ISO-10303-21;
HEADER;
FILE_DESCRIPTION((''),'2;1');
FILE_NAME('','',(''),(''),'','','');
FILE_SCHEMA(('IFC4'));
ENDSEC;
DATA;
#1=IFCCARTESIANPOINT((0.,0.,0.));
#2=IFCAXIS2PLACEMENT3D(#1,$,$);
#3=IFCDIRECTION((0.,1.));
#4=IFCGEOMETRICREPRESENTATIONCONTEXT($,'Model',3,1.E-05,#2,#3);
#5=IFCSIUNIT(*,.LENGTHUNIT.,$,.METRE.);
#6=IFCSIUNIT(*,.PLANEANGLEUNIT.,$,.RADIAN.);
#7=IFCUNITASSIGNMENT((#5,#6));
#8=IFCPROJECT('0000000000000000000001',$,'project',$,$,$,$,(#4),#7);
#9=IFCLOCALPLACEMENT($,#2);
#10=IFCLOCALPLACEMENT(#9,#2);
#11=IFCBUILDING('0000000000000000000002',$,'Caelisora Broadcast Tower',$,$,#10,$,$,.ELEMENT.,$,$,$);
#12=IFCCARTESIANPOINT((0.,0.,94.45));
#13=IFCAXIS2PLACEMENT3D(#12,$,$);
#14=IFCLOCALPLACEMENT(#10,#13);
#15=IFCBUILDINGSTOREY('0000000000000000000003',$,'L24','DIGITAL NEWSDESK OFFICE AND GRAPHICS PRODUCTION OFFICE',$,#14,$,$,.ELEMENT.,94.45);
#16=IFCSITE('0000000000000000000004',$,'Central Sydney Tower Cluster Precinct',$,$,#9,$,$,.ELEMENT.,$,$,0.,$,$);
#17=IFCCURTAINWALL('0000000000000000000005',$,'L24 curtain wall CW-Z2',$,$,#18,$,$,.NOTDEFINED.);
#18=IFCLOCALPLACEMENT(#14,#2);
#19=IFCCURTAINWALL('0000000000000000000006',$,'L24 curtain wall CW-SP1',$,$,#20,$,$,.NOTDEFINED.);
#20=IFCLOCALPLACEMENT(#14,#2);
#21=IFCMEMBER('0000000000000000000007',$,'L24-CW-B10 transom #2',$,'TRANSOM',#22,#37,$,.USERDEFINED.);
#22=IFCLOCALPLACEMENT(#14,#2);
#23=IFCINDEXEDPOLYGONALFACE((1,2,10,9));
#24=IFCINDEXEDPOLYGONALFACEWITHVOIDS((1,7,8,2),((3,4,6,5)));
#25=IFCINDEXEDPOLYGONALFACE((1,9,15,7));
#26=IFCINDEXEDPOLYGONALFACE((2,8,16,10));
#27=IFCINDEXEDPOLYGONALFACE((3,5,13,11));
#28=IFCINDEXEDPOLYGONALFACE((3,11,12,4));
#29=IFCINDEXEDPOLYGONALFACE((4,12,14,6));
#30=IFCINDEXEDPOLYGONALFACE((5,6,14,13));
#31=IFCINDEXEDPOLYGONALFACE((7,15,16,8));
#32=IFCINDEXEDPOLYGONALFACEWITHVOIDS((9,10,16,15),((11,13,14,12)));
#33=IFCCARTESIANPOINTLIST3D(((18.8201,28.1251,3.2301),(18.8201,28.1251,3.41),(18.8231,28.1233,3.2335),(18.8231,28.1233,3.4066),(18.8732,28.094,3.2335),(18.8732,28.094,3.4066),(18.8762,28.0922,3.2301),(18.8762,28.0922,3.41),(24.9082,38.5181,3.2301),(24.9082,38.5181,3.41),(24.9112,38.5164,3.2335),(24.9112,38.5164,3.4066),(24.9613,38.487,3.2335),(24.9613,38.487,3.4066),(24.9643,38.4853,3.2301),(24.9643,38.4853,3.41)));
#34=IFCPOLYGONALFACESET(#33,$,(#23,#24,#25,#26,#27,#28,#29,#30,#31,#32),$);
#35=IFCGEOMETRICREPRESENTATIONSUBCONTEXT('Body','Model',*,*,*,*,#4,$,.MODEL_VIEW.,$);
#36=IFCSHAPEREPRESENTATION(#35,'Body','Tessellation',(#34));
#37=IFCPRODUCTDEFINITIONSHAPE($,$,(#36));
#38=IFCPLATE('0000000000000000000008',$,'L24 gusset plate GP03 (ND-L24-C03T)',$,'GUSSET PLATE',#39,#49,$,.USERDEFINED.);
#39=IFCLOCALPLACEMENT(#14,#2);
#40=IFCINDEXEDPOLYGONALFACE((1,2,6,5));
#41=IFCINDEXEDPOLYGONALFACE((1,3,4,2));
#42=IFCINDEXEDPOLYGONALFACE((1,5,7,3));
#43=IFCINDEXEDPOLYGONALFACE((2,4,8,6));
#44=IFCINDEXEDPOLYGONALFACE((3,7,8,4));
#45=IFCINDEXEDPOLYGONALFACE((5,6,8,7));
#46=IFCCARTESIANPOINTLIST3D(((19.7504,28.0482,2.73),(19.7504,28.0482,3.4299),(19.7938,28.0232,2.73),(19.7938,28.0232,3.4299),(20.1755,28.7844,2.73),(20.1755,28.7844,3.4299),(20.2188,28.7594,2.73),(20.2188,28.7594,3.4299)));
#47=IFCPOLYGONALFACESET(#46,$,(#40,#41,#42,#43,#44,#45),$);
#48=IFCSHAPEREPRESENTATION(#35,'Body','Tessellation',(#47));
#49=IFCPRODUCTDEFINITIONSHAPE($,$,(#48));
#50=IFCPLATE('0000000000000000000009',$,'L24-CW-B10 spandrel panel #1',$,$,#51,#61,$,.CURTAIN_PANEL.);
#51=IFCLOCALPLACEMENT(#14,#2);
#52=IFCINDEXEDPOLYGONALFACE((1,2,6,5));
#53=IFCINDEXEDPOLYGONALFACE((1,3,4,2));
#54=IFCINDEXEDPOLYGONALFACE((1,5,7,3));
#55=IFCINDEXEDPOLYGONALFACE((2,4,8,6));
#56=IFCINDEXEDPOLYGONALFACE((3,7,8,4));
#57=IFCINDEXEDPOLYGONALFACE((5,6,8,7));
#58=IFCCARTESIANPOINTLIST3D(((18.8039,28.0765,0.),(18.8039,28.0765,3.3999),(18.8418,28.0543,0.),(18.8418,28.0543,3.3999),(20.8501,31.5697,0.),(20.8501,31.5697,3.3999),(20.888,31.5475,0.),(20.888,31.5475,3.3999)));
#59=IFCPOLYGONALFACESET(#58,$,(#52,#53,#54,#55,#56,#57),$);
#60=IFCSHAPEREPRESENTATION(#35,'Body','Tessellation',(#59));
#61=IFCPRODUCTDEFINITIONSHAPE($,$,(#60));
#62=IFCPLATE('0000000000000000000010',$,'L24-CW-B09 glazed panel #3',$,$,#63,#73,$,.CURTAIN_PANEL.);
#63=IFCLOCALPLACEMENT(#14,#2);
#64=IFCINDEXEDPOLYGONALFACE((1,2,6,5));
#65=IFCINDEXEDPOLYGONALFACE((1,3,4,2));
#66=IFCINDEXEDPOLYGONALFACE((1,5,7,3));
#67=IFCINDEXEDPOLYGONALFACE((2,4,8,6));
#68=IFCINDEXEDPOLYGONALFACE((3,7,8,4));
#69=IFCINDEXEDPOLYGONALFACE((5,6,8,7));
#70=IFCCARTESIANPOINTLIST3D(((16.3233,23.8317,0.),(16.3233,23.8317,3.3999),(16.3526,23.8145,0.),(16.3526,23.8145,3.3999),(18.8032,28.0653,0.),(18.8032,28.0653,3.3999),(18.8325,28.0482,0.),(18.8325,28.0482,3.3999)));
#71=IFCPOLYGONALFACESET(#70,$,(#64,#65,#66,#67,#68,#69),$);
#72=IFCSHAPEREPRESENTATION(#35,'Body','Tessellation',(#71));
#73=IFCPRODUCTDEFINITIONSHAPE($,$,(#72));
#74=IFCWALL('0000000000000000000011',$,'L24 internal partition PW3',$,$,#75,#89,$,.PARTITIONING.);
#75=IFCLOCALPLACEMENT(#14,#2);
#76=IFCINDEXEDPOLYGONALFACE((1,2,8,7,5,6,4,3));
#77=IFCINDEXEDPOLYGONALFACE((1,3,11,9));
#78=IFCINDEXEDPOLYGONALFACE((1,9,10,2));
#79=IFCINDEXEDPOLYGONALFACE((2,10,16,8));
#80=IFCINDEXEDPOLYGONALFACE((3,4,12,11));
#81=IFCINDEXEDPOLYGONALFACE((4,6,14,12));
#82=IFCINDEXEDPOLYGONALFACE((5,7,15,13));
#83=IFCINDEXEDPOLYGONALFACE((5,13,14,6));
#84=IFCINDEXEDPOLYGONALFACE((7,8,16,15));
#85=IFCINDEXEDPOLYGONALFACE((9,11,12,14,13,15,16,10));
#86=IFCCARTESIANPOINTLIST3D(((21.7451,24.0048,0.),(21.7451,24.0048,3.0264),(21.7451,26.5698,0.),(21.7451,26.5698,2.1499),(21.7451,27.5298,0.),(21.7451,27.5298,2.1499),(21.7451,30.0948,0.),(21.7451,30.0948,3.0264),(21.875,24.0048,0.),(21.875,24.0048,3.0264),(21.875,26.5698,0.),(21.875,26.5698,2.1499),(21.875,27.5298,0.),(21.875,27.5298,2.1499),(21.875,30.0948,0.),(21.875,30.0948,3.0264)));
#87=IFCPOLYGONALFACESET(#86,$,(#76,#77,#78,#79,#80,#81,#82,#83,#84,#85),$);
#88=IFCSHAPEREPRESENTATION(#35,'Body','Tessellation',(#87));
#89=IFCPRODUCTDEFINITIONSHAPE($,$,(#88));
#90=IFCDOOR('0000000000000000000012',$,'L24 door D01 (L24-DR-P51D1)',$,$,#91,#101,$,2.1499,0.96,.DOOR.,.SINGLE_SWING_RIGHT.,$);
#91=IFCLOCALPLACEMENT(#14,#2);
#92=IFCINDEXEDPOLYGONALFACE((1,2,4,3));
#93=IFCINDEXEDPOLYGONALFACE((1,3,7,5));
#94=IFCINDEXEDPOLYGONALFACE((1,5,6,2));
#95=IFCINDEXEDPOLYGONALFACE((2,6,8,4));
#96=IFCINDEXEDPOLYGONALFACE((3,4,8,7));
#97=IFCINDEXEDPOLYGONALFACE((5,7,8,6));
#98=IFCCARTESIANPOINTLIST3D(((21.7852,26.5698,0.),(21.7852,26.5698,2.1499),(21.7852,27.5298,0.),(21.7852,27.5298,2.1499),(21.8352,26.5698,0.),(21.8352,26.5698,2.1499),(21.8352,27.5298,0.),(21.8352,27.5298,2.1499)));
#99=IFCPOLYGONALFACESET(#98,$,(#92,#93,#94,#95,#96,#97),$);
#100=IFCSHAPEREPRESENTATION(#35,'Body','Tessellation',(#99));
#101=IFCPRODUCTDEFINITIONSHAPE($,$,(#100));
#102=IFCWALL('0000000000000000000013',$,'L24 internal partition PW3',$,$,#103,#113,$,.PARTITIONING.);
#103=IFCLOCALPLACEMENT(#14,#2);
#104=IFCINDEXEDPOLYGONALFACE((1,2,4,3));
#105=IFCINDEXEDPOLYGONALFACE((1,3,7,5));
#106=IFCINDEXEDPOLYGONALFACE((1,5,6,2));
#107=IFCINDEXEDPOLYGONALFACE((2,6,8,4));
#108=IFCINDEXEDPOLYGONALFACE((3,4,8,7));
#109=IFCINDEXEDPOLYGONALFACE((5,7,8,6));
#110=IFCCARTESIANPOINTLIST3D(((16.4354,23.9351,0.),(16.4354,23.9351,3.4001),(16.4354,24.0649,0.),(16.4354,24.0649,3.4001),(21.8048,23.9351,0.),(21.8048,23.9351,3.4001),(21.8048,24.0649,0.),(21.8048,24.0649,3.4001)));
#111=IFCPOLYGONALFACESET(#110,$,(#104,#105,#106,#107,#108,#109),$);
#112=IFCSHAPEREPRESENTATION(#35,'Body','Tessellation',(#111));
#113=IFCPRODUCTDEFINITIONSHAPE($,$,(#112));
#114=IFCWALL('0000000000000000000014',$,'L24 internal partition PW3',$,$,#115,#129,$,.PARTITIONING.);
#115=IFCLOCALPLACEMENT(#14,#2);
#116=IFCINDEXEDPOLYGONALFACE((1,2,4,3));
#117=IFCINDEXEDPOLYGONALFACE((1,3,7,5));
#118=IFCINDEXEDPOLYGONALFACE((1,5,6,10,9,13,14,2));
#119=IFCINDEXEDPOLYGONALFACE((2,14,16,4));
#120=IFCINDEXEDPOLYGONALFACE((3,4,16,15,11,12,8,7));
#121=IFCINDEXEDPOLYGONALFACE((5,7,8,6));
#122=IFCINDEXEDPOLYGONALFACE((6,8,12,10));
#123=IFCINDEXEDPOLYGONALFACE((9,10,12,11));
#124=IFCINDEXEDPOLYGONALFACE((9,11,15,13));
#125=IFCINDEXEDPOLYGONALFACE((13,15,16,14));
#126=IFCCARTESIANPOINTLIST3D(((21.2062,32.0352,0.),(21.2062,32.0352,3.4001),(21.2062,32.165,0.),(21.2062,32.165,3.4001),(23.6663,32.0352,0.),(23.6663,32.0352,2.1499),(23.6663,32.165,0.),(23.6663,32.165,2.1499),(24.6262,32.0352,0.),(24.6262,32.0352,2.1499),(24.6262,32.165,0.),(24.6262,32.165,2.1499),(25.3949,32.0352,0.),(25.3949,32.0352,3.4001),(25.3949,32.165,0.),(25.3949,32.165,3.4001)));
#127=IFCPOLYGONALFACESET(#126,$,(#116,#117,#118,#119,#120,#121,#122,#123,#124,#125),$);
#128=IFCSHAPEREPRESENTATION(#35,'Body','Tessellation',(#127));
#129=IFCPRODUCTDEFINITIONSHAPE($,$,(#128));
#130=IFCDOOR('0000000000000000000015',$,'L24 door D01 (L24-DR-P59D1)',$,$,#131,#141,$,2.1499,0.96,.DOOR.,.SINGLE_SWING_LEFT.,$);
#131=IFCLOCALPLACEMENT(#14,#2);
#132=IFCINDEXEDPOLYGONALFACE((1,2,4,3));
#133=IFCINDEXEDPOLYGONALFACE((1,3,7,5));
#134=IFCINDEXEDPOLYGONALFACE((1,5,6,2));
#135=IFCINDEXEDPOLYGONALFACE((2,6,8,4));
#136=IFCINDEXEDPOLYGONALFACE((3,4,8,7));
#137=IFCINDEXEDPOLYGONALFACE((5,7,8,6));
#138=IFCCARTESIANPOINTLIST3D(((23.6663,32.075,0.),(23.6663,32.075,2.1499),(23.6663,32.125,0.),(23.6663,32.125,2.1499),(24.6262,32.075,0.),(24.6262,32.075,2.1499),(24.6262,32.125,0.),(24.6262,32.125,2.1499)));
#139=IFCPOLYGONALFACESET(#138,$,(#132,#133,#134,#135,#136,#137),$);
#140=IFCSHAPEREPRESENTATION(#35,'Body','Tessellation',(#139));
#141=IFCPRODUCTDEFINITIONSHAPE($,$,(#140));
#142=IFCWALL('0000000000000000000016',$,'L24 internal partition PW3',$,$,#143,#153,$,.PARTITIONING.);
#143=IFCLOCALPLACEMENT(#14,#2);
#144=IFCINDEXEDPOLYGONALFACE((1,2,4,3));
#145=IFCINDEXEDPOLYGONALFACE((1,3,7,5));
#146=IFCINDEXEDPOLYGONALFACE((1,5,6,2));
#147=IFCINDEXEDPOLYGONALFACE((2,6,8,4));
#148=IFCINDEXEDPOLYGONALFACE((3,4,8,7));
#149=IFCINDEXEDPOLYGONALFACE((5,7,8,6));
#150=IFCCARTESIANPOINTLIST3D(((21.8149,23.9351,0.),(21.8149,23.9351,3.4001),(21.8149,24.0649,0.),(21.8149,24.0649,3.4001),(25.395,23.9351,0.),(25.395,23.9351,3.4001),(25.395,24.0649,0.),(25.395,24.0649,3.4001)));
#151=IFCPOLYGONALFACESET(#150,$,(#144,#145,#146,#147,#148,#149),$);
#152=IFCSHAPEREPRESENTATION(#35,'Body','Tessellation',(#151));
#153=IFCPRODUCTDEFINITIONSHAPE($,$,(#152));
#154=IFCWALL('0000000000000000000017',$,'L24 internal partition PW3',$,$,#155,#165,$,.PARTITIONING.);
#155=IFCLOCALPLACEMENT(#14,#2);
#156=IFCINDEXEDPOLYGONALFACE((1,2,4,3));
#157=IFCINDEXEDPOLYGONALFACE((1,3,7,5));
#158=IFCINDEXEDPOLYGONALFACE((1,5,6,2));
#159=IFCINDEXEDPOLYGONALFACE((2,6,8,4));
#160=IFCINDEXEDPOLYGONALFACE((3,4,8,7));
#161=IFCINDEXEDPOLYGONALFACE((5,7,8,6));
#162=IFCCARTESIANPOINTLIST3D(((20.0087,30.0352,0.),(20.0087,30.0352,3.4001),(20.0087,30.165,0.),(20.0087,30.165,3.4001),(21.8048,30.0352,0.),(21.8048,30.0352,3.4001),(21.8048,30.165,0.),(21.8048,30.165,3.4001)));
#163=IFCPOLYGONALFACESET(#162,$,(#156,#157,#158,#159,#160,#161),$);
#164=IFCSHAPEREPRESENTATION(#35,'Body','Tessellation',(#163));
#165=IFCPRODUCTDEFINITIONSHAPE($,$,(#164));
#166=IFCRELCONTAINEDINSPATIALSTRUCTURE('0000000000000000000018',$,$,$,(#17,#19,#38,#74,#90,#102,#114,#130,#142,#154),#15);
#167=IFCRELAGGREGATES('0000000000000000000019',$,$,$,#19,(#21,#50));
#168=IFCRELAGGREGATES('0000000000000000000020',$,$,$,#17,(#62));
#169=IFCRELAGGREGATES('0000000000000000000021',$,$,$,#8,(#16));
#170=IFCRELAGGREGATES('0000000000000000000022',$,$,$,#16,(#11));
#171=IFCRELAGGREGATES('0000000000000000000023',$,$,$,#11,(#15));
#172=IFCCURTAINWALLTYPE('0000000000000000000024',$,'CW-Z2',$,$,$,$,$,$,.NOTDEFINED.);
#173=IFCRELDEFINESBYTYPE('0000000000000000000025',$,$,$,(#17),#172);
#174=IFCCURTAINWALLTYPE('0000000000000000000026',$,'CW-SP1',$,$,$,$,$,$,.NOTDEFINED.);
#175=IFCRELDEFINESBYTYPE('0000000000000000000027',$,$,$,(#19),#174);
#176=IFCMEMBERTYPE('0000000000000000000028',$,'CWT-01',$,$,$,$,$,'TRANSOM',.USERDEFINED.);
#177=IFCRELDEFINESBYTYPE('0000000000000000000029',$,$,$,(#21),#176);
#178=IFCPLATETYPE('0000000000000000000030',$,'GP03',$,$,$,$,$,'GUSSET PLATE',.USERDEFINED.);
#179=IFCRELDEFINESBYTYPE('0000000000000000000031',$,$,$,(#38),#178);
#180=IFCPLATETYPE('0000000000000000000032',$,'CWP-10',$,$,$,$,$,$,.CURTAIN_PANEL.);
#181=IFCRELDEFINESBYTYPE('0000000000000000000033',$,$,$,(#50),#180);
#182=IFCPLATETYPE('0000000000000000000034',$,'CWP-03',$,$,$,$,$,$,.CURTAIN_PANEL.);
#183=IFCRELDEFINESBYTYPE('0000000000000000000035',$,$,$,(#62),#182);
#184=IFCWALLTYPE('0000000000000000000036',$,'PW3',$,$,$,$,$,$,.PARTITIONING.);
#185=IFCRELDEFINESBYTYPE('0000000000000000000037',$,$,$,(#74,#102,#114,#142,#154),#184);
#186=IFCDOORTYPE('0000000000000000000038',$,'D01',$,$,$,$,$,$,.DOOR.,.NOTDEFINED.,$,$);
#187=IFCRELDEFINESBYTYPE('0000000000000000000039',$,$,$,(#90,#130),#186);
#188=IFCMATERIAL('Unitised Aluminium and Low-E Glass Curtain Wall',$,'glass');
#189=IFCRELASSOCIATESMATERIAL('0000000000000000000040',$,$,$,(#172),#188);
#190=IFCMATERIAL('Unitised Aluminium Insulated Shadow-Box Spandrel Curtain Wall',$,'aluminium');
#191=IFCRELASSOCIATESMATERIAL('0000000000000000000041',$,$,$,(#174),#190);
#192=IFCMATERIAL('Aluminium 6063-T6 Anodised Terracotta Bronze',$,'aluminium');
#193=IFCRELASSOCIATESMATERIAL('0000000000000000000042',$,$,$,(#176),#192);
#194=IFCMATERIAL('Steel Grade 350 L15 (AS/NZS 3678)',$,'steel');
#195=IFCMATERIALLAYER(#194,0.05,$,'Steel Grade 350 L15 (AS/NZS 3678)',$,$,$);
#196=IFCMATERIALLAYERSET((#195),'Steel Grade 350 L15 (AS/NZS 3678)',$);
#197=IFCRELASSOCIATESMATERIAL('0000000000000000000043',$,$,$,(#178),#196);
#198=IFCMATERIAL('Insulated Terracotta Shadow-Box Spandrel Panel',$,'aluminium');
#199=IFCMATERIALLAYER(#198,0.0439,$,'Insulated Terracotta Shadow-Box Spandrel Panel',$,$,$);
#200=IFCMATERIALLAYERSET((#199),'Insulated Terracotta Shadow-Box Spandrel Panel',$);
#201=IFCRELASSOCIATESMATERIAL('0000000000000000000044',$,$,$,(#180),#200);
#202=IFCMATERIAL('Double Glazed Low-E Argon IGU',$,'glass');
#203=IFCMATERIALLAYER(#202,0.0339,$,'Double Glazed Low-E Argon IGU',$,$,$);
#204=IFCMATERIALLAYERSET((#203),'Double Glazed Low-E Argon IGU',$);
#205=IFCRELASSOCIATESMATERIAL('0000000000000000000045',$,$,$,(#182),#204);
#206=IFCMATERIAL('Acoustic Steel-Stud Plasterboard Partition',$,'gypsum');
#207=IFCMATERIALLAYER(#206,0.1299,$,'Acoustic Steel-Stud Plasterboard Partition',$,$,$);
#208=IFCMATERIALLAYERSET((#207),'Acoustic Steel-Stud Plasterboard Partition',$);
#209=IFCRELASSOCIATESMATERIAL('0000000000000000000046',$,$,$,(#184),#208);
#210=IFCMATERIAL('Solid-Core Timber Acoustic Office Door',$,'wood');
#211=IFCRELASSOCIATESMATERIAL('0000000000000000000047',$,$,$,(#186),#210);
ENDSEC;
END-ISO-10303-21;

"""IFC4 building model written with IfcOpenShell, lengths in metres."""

from ifc_helpers import new_model, si_unit, direction, frame, frame_2d, origin, origin_2d, place, context, subcontext, project, spatial, rectangle, hollow_rectangle, extrude, source, transform, mapped, material, layer, layer_set, material_profile, profile_set, type_object, type_shapes, element, fill, aggregate, save


model = new_model("IFC4")

# Units and contexts
model_context = context("Model", 3, precision=1e-05, world=origin(), true_north=direction((0.0, 1.0)))
body_context = subcontext(model_context, "Body", "Model", "MODEL_VIEW")
ifc_project = project(units=[si_unit("LENGTHUNIT", "METRE"), si_unit("PLANEANGLEUNIT", "RADIAN")], contexts=[model_context])

# Site, building, storey
site_placement = place(None, origin())
site = spatial("IfcSite", under=ifc_project, at=site_placement, Name="Central Sydney Tower Cluster Precinct", CompositionType="ELEMENT", RefElevation=0.0)
building_placement = place(site_placement, origin())
building = spatial("IfcBuilding", under=site, at=building_placement, Name="Caelisora Broadcast Tower", CompositionType="ELEMENT")
storey_placement = place(building_placement, frame((0.0, 0.0, 94.45)))
storey = spatial("IfcBuildingStorey", under=building, at=storey_placement, Name="L24", Description="DIGITAL NEWSDESK OFFICE AND GRAPHICS PRODUCTION OFFICE", CompositionType="ELEMENT", Elevation=94.45)

# Shared definitions
ifc_material_1 = material(Name="Steel Grade 350 L15 (AS/NZS 3678)", Category="steel")

# Curtain walls, member
ifc_material_2 = material(Name="Unitised Aluminium and Low-E Glass Curtain Wall", Category="glass")
curtain_wall_type_1 = type_object("IfcCurtainWallType", Name="CW-Z2", PredefinedType="NOTDEFINED", material=ifc_material_2)
curtain_wall_1_placement = place(storey_placement, origin())
curtain_wall_1 = element("IfcCurtainWall", 1, at=curtain_wall_1_placement, inside=storey, type_object=curtain_wall_type_1, Name="L24 curtain wall CW-Z2", PredefinedType="NOTDEFINED")
ifc_material_3 = material(Name="Aluminium 6063-T6 Anodised Terracotta Bronze", Category="aluminium")
ifc_material_4 = material(Name="Unitised Aluminium Insulated Shadow-Box Spandrel Curtain Wall", Category="aluminium")
curtain_wall_type_2 = type_object("IfcCurtainWallType", Name="CW-SP1", PredefinedType="NOTDEFINED", material=ifc_material_4)
curtain_wall_2_placement = place(storey_placement, origin())
curtain_wall_2 = element("IfcCurtainWall", 2, at=curtain_wall_2_placement, inside=storey, type_object=curtain_wall_type_2, Name="L24 curtain wall CW-SP1", PredefinedType="NOTDEFINED")
ifc_material_profile_1 = material_profile(ifc_material_3, hollow_rectangle(XDim=0.0649, YDim=0.1799, WallThickness=0.0034, at=origin_2d()), Name="Aluminium 6063-T6 Anodised Terracotta Bronze")
ifc_profile_set_1 = profile_set([ifc_material_profile_1], Name="Aluminium 6063-T6 Anodised Terracotta Bronze")
member_type_1 = type_object("IfcMemberType", Name="CWT-01", ElementType="TRANSOM", PredefinedType="USERDEFINED", material=ifc_profile_set_1)
shared_shape_1 = source(origin(), body_context, "Body", "SweptSolid", [
    extrude(hollow_rectangle(XDim=0.0649, YDim=0.1799, WallThickness=0.0034, at=origin_2d()), origin(), (0.0, 0.0, 1.0), 12.0449),
])
type_shapes(member_type_1, [shared_shape_1])
member_1_placement = place(storey_placement, frame((18.8481, 28.1086, 3.3201), z_axis=(0.505451, 0.862856, 0.0), x_axis=(-0.862856, 0.505451, 0.0)))
member_1 = element("IfcMember", 3, at=member_1_placement, type_object=member_type_1, Name="L24-CW-B10 transom #2", ObjectType="TRANSOM", PredefinedType="USERDEFINED", context=body_context, shape_type="MappedRepresentation", body=[
    mapped(shared_shape_1, transform((0.0, 0.0, 0.0), scale=1.0)),
])

# Plates
ifc_layer_1 = layer(ifc_material_1, 0.05, Name="Steel Grade 350 L15 (AS/NZS 3678)")
ifc_layer_set_1 = layer_set([ifc_layer_1], Name="Steel Grade 350 L15 (AS/NZS 3678)")
plate_type_1 = type_object("IfcPlateType", Name="GP03", ElementType="GUSSET PLATE", PredefinedType="USERDEFINED", material=ifc_layer_set_1)
shared_shape_2 = source(origin(), body_context, "Body", "SweptSolid", [
    extrude(rectangle(XDim=0.8501, YDim=0.05, at=origin_2d()), origin(), (0.0, 0.0, 1.0), 0.7),
])
type_shapes(plate_type_1, [shared_shape_2])
plate_1_placement = place(storey_placement, frame((19.9846, 28.4038, 2.73), z_axis=(0.0, 0.0, 1.0), x_axis=(-0.5, -0.866025, 0.0)))
element("IfcPlate", 4, at=plate_1_placement, inside=storey, type_object=plate_type_1, Name="L24 gusset plate GP03 (ND-L24-C03T)", ObjectType="GUSSET PLATE", PredefinedType="USERDEFINED", context=body_context, shape_type="MappedRepresentation", body=[
    mapped(shared_shape_2, transform((0.0, 0.0, 0.0), scale=1.0)),
])
ifc_material_5 = material(Name="Insulated Terracotta Shadow-Box Spandrel Panel", Category="aluminium")
ifc_layer_2 = layer(ifc_material_5, 0.0439, Name="Insulated Terracotta Shadow-Box Spandrel Panel")
ifc_layer_set_2 = layer_set([ifc_layer_2], Name="Insulated Terracotta Shadow-Box Spandrel Panel")
plate_type_2 = type_object("IfcPlateType", Name="CWP-10", PredefinedType="CURTAIN_PANEL", material=ifc_layer_set_2)
shared_shape_3 = source(origin(), body_context, "Body", "SweptSolid", [
    extrude(rectangle(XDim=4.0483, YDim=0.0439, at=origin_2d()), origin(), (0.0, 0.0, 1.0), 3.3999),
])
type_shapes(plate_type_2, [shared_shape_3])
plate_2_placement = place(storey_placement, frame((19.8459, 29.812, 0.0), z_axis=(0.0, 0.0, 1.0), x_axis=(0.505431, 0.862867, 0.0)))
plate_2 = element("IfcPlate", 5, at=plate_2_placement, type_object=plate_type_2, Name="L24-CW-B10 spandrel panel #1", PredefinedType="CURTAIN_PANEL", context=body_context, shape_type="MappedRepresentation", body=[
    mapped(shared_shape_3, transform((0.0, 0.0, 0.0), scale=1.0)),
])
aggregate(curtain_wall_2, [member_1, plate_2])
ifc_material_6 = material(Name="Double Glazed Low-E Argon IGU", Category="glass")
ifc_layer_3 = layer(ifc_material_6, 0.0339, Name="Double Glazed Low-E Argon IGU")
ifc_layer_set_3 = layer_set([ifc_layer_3], Name="Double Glazed Low-E Argon IGU")
plate_type_3 = type_object("IfcPlateType", Name="CWP-03", PredefinedType="CURTAIN_PANEL", material=ifc_layer_set_3)
shared_shape_4 = source(origin(), body_context, "Body", "SweptSolid", [
    extrude(rectangle(XDim=4.9065, YDim=0.0339, at=origin_2d()), origin(), (0.0, 0.0, 1.0), 3.3999),
])
type_shapes(plate_type_3, [shared_shape_4])
plate_3_placement = place(storey_placement, frame((17.5779, 25.9399, 0.0), z_axis=(0.0, 0.0, 1.0), x_axis=(0.505431, 0.862867, 0.0)))
plate_3 = element("IfcPlate", 6, at=plate_3_placement, type_object=plate_type_3, Name="L24-CW-B09 glazed panel #3", PredefinedType="CURTAIN_PANEL", context=body_context, shape_type="MappedRepresentation", body=[
    mapped(shared_shape_4, transform((0.0, 0.0, 0.0), scale=1.0)),
])
aggregate(curtain_wall_1, [plate_3])

# Wall, opening, door
ifc_material_7 = material(Name="Acoustic Steel-Stud Plasterboard Partition", Category="gypsum")
ifc_layer_4 = layer(ifc_material_7, 0.1299, Name="Acoustic Steel-Stud Plasterboard Partition")
ifc_layer_set_4 = layer_set([ifc_layer_4], Name="Acoustic Steel-Stud Plasterboard Partition")
wall_type = type_object("IfcWallType", Name="PW3", PredefinedType="PARTITIONING", material=ifc_layer_set_4)
wall_1_placement = place(storey_placement, frame((21.8101, 24.0049, 0.0), z_axis=(0.0, 0.0, 1.0), x_axis=(0.0, 1.0, 0.0)))
wall_1 = element("IfcWall", 7, at=wall_1_placement, inside=storey, type_object=wall_type, Name="L24 internal partition PW3", PredefinedType="PARTITIONING", context=body_context, shape_type="SweptSolid", body=[
    extrude(rectangle(XDim=6.0901, YDim=0.1299, at=frame_2d((3.0449, 0.0))), origin(), (0.0, 0.0, 1.0), 3.0264),
])
opening_1_placement = place(wall_1_placement, frame((2.5649, 0.0, 0.0)))
opening_1 = element("IfcOpeningElement", 8, at=opening_1_placement, cuts=wall_1, PredefinedType="OPENING", context=body_context, shape_type="SweptSolid", body=[
    extrude(rectangle(XDim=0.96, YDim=2.1499, at=frame_2d((0.48, 1.075))), frame((0.0, 0.0769, 0.0), z_axis=(0.0, -1.0, 0.0), x_axis=(1.0, 0.0, 0.0)), (0.0, 0.0, 1.0), 0.1538),
])
ifc_material_8 = material(Name="Solid-Core Timber Acoustic Office Door", Category="wood")
door_type = type_object("IfcDoorType", Name="D01", OperationType="NOTDEFINED", PredefinedType="DOOR", material=ifc_material_8)
door_1_placement = place(opening_1_placement, origin())
door_1 = element("IfcDoor", 9, at=door_1_placement, inside=storey, type_object=door_type, Name="L24 door D01 (L24-DR-P51D1)", OperationType="SINGLE_SWING_RIGHT", OverallHeight=2.1499, OverallWidth=0.96, PredefinedType="DOOR", context=body_context, shape_type="SweptSolid", body=[
    extrude(rectangle(XDim=0.96, YDim=2.1499, at=frame_2d((0.48, 1.075))), frame((0.0, 0.0249, 0.0), z_axis=(0.0, -1.0, 0.0), x_axis=(1.0, 0.0, 0.0)), (0.0, 0.0, 1.0), 0.05),
])
fill(opening_1, door_1)

# Wall
wall_2_placement = place(storey_placement, frame((16.4355, 24.0, 0.0), z_axis=(0.0, 0.0, 1.0), x_axis=(1.0, 0.0, 0.0)))
element("IfcWall", 10, at=wall_2_placement, inside=storey, type_object=wall_type, Name="L24 internal partition PW3", PredefinedType="PARTITIONING", context=body_context, shape_type="SweptSolid", body=[
    extrude(rectangle(XDim=5.3694, YDim=0.1299, at=frame_2d((2.6846, 0.0))), origin(), (0.0, 0.0, 1.0), 3.4001),
])

# Wall, opening, door
wall_3_placement = place(storey_placement, frame((21.2063, 32.1001, 0.0), z_axis=(0.0, 0.0, 1.0), x_axis=(1.0, 0.0, 0.0)))
wall_3 = element("IfcWall", 11, at=wall_3_placement, inside=storey, type_object=wall_type, Name="L24 internal partition PW3", PredefinedType="PARTITIONING", context=body_context, shape_type="SweptSolid", body=[
    extrude(rectangle(XDim=4.1887, YDim=0.1299, at=frame_2d((2.0942, 0.0))), origin(), (0.0, 0.0, 1.0), 3.4001),
])
opening_2_placement = place(wall_3_placement, frame((2.46, 0.0, 0.0)))
opening_2 = element("IfcOpeningElement", 12, at=opening_2_placement, cuts=wall_3, PredefinedType="OPENING", context=body_context, shape_type="SweptSolid", body=[
    extrude(rectangle(XDim=0.96, YDim=2.1499, at=frame_2d((0.48, 1.075))), frame((0.0, 0.0769, 0.0), z_axis=(0.0, -1.0, 0.0), x_axis=(1.0, 0.0, 0.0)), (0.0, 0.0, 1.0), 0.1538),
])
door_2_placement = place(opening_2_placement, origin())
door_2 = element("IfcDoor", 13, at=door_2_placement, inside=storey, type_object=door_type, Name="L24 door D01 (L24-DR-P59D1)", OperationType="SINGLE_SWING_LEFT", OverallHeight=2.1499, OverallWidth=0.96, PredefinedType="DOOR", context=body_context, shape_type="SweptSolid", body=[
    extrude(rectangle(XDim=0.96, YDim=2.1499, at=frame_2d((0.48, 1.075))), frame((0.0, 0.0249, 0.0), z_axis=(0.0, -1.0, 0.0), x_axis=(1.0, 0.0, 0.0)), (0.0, 0.0, 1.0), 0.05),
])
fill(opening_2, door_2)

# Walls
wall_4_placement = place(storey_placement, frame((21.8149, 24.0, 0.0), z_axis=(0.0, 0.0, 1.0), x_axis=(1.0, 0.0, 0.0)))
element("IfcWall", 14, at=wall_4_placement, inside=storey, type_object=wall_type, Name="L24 internal partition PW3", PredefinedType="PARTITIONING", context=body_context, shape_type="SweptSolid", body=[
    extrude(rectangle(XDim=3.5801, YDim=0.1299, at=frame_2d((1.79, 0.0))), origin(), (0.0, 0.0, 1.0), 3.4001),
])
wall_5_placement = place(storey_placement, frame((20.0088, 30.1001, 0.0), z_axis=(0.0, 0.0, 1.0), x_axis=(1.0, 0.0, 0.0)))
element("IfcWall", 15, at=wall_5_placement, inside=storey, type_object=wall_type, Name="L24 internal partition PW3", PredefinedType="PARTITIONING", context=body_context, shape_type="SweptSolid", body=[
    extrude(rectangle(XDim=1.7961, YDim=0.1299, at=frame_2d((0.8979, 0.0))), origin(), (0.0, 0.0, 1.0), 3.4001),
])

save(model, "model.ifc")
